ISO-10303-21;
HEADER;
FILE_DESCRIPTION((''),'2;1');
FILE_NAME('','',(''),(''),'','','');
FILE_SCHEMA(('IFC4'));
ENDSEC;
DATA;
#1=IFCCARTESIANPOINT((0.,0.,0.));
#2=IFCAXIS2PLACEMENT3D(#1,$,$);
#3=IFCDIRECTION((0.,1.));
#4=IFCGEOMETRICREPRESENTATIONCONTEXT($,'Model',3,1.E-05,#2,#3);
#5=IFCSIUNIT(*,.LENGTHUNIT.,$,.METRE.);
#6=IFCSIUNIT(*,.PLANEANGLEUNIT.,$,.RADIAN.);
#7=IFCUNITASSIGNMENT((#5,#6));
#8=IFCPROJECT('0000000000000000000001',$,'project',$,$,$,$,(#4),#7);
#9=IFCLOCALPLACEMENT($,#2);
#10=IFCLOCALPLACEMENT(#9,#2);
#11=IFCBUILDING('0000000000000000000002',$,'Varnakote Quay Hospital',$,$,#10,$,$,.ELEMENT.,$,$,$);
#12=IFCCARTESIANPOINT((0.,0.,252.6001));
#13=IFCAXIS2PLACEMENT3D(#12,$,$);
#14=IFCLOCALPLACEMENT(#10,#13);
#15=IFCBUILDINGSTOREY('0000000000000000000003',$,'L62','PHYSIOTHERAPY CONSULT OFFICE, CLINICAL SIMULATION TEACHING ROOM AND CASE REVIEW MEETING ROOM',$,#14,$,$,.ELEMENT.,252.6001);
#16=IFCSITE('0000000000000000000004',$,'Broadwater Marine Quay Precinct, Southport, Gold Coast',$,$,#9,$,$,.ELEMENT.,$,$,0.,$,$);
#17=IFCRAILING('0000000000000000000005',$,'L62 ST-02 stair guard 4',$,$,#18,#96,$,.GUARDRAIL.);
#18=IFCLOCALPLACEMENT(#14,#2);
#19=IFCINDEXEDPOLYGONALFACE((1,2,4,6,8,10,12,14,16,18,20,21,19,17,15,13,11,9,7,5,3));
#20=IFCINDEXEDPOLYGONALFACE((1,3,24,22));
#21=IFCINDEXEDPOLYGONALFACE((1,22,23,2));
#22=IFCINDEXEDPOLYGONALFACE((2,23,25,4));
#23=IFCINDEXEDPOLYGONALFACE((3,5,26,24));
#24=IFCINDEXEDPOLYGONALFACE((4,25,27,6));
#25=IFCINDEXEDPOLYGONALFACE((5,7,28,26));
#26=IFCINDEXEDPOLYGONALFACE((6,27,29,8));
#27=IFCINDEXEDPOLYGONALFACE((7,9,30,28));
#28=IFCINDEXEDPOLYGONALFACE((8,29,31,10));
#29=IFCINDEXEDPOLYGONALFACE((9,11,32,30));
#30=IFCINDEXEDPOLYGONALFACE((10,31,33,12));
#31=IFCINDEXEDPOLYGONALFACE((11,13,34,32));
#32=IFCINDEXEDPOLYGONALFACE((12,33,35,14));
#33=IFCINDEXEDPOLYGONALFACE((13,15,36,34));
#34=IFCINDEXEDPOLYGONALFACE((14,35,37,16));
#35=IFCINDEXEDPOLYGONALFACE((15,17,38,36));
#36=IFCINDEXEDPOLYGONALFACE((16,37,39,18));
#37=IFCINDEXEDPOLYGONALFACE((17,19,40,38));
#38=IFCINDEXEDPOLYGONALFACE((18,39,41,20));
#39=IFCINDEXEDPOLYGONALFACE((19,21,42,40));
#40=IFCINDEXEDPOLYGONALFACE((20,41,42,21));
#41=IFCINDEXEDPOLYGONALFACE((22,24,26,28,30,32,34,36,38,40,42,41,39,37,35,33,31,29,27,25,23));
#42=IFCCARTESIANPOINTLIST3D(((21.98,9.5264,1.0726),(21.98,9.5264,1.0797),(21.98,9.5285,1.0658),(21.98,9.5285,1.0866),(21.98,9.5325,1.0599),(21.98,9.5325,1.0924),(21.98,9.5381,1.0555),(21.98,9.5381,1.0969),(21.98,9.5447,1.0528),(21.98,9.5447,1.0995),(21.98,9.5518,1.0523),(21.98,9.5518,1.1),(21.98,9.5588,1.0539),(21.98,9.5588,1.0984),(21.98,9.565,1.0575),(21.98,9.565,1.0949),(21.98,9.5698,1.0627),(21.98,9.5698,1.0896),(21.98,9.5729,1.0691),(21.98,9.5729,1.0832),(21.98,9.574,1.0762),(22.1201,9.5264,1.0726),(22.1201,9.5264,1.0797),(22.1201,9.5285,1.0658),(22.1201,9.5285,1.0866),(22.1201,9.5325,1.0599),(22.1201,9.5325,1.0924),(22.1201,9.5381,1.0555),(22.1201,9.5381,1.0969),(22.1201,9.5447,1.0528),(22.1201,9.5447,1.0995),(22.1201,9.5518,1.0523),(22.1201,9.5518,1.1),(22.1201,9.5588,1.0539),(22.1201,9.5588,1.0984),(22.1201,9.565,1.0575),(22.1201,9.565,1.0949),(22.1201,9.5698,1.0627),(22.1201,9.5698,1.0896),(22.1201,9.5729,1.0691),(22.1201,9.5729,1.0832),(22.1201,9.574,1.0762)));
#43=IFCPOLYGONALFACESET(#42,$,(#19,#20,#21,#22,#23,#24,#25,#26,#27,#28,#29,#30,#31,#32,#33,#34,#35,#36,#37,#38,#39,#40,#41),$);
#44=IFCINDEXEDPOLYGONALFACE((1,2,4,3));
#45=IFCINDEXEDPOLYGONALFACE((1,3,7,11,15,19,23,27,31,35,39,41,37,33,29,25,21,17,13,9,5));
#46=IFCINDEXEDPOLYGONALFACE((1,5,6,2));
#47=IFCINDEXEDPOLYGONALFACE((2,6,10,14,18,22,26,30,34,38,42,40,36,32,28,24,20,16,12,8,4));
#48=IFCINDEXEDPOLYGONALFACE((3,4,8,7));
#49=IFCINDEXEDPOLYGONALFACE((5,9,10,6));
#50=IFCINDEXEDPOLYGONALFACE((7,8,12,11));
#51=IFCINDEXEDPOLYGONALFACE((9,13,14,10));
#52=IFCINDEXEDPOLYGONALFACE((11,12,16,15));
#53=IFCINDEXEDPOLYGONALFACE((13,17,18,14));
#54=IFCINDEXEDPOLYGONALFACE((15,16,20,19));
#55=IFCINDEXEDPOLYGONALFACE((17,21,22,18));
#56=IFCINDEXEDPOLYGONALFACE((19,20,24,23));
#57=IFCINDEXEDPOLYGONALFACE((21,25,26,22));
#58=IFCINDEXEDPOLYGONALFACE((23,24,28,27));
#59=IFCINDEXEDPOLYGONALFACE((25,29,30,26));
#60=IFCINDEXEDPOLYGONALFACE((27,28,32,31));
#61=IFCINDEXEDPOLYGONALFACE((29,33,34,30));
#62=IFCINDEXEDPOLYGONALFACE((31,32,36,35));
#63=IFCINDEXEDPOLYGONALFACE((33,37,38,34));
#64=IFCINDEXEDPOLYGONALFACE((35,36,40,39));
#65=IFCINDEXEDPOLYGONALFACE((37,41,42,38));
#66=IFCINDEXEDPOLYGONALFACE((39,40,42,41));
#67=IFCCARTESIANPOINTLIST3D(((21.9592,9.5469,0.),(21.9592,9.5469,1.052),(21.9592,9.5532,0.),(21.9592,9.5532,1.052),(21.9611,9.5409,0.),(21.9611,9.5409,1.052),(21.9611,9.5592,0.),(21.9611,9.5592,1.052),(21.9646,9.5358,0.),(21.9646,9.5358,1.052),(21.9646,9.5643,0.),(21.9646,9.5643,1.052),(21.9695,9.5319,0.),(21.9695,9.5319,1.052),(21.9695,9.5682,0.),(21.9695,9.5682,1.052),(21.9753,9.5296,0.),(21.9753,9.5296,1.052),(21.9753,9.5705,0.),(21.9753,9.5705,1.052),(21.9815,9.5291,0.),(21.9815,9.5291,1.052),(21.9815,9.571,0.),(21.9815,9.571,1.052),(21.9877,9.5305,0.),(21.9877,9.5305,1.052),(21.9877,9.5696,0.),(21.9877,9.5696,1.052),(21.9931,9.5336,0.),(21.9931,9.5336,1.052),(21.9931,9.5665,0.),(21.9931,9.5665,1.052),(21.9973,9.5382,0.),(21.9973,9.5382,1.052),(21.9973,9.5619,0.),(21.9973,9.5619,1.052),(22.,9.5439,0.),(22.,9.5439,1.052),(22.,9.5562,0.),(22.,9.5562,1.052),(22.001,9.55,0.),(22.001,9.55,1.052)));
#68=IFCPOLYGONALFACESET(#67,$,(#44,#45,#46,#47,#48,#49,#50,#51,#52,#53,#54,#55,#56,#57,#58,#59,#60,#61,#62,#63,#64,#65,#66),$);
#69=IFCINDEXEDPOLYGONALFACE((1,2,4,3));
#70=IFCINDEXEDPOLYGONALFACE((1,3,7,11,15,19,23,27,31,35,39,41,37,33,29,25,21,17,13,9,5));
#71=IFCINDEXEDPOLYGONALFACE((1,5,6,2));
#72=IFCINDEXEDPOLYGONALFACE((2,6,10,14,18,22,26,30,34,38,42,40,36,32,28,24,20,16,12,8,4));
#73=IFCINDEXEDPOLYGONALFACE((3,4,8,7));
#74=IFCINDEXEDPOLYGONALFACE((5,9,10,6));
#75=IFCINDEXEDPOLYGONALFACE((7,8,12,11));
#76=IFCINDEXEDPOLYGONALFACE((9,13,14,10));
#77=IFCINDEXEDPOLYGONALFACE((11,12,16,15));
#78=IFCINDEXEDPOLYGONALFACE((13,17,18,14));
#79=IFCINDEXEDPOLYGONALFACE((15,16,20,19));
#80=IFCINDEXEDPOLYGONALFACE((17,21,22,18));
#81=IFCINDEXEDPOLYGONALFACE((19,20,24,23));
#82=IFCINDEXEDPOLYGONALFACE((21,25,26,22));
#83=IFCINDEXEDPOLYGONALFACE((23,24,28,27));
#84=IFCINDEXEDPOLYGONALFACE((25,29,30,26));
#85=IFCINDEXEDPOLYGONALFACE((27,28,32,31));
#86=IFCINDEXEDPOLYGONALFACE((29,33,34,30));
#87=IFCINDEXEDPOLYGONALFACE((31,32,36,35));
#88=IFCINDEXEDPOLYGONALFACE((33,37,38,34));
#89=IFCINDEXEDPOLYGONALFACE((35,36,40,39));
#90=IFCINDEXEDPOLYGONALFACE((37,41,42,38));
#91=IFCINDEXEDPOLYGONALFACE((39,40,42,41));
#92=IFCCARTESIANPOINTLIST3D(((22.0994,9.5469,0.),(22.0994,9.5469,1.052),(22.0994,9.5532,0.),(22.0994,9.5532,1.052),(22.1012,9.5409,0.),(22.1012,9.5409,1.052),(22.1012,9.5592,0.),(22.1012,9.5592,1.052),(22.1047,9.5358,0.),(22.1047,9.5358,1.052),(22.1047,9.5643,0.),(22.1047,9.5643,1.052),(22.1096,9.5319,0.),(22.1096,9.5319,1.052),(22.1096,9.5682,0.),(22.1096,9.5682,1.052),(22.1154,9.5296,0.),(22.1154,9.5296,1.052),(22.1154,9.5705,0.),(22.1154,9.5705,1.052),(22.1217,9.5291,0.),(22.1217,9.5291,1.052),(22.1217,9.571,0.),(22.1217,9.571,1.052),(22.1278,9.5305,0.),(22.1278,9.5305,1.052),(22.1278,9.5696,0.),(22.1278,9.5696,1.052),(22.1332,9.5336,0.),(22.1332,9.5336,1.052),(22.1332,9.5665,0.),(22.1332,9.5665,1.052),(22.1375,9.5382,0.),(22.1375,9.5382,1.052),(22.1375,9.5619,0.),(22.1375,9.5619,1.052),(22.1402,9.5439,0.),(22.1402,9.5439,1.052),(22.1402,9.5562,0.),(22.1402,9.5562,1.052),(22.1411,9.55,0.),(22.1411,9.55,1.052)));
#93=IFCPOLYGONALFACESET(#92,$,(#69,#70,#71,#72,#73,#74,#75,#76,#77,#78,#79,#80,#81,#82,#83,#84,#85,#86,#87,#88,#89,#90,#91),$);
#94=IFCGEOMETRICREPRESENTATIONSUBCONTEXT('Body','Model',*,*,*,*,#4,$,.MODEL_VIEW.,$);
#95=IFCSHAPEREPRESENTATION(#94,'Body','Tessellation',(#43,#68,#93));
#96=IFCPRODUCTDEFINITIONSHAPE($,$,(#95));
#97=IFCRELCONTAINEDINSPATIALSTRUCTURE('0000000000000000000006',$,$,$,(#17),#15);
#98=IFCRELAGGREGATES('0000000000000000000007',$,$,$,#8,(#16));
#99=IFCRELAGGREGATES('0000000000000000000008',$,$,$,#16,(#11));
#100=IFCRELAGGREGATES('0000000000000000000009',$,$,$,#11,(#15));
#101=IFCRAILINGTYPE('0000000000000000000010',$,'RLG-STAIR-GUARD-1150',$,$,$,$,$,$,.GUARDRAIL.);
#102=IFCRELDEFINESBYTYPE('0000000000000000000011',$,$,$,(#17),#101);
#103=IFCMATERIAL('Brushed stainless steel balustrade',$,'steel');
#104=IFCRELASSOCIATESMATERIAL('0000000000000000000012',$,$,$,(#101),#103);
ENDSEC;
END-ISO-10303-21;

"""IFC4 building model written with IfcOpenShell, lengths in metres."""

from ifc_helpers import new_model, si_unit, direction, frame, origin, origin_2d, place, context, subcontext, project, spatial, circle, extrude, material, type_object, element, save


model = new_model("IFC4")

# Units and contexts
model_context = context("Model", 3, precision=1e-05, world=origin(), true_north=direction((0.0, 1.0)))
body_context = subcontext(model_context, "Body", "Model", "MODEL_VIEW")
ifc_project = project(units=[si_unit("LENGTHUNIT", "METRE"), si_unit("PLANEANGLEUNIT", "RADIAN")], contexts=[model_context])

# Site, building, storey
site_placement = place(None, origin())
site = spatial("IfcSite", under=ifc_project, at=site_placement, Name="Broadwater Marine Quay Precinct, Southport, Gold Coast", CompositionType="ELEMENT", RefElevation=0.0)
building_placement = place(site_placement, origin())
building = spatial("IfcBuilding", under=site, at=building_placement, Name="Varnakote Quay Hospital", CompositionType="ELEMENT")
storey_placement = place(building_placement, frame((0.0, 0.0, 252.6001)))
storey = spatial("IfcBuildingStorey", under=building, at=storey_placement, Name="L62", Description="PHYSIOTHERAPY CONSULT OFFICE, CLINICAL SIMULATION TEACHING ROOM AND CASE REVIEW MEETING ROOM", CompositionType="ELEMENT", Elevation=252.6001)

# Railing
ifc_material_1 = material(Name="Brushed stainless steel balustrade", Category="steel")
railing_type_1 = type_object("IfcRailingType", Name="RLG-STAIR-GUARD-1150", PredefinedType="GUARDRAIL", material=ifc_material_1)
railing_1_placement = place(storey_placement, frame((21.98, 9.55, 0.0)))
element("IfcRailing", 1, at=railing_1_placement, inside=storey, type_object=railing_type_1, Name="L62 ST-02 stair guard 4", PredefinedType="GUARDRAIL", context=body_context, shape_type="SweptSolid", body=[
    extrude(circle(Radius=0.0239, at=origin_2d()), frame((0.0, 0.0, 1.0762), z_axis=(1.0, 0.0, 0.0), x_axis=(0.0, 1.0, 0.0)), (0.0, 0.0, 1.0), 0.1401),
    extrude(circle(Radius=0.021, at=origin_2d()), origin(), (0.0, 0.0, 1.0), 1.052),
    extrude(circle(Radius=0.021, at=origin_2d()), frame((0.1401, 0.0, 0.0)), (0.0, 0.0, 1.0), 1.052),
])

save(model, "model.ifc")
